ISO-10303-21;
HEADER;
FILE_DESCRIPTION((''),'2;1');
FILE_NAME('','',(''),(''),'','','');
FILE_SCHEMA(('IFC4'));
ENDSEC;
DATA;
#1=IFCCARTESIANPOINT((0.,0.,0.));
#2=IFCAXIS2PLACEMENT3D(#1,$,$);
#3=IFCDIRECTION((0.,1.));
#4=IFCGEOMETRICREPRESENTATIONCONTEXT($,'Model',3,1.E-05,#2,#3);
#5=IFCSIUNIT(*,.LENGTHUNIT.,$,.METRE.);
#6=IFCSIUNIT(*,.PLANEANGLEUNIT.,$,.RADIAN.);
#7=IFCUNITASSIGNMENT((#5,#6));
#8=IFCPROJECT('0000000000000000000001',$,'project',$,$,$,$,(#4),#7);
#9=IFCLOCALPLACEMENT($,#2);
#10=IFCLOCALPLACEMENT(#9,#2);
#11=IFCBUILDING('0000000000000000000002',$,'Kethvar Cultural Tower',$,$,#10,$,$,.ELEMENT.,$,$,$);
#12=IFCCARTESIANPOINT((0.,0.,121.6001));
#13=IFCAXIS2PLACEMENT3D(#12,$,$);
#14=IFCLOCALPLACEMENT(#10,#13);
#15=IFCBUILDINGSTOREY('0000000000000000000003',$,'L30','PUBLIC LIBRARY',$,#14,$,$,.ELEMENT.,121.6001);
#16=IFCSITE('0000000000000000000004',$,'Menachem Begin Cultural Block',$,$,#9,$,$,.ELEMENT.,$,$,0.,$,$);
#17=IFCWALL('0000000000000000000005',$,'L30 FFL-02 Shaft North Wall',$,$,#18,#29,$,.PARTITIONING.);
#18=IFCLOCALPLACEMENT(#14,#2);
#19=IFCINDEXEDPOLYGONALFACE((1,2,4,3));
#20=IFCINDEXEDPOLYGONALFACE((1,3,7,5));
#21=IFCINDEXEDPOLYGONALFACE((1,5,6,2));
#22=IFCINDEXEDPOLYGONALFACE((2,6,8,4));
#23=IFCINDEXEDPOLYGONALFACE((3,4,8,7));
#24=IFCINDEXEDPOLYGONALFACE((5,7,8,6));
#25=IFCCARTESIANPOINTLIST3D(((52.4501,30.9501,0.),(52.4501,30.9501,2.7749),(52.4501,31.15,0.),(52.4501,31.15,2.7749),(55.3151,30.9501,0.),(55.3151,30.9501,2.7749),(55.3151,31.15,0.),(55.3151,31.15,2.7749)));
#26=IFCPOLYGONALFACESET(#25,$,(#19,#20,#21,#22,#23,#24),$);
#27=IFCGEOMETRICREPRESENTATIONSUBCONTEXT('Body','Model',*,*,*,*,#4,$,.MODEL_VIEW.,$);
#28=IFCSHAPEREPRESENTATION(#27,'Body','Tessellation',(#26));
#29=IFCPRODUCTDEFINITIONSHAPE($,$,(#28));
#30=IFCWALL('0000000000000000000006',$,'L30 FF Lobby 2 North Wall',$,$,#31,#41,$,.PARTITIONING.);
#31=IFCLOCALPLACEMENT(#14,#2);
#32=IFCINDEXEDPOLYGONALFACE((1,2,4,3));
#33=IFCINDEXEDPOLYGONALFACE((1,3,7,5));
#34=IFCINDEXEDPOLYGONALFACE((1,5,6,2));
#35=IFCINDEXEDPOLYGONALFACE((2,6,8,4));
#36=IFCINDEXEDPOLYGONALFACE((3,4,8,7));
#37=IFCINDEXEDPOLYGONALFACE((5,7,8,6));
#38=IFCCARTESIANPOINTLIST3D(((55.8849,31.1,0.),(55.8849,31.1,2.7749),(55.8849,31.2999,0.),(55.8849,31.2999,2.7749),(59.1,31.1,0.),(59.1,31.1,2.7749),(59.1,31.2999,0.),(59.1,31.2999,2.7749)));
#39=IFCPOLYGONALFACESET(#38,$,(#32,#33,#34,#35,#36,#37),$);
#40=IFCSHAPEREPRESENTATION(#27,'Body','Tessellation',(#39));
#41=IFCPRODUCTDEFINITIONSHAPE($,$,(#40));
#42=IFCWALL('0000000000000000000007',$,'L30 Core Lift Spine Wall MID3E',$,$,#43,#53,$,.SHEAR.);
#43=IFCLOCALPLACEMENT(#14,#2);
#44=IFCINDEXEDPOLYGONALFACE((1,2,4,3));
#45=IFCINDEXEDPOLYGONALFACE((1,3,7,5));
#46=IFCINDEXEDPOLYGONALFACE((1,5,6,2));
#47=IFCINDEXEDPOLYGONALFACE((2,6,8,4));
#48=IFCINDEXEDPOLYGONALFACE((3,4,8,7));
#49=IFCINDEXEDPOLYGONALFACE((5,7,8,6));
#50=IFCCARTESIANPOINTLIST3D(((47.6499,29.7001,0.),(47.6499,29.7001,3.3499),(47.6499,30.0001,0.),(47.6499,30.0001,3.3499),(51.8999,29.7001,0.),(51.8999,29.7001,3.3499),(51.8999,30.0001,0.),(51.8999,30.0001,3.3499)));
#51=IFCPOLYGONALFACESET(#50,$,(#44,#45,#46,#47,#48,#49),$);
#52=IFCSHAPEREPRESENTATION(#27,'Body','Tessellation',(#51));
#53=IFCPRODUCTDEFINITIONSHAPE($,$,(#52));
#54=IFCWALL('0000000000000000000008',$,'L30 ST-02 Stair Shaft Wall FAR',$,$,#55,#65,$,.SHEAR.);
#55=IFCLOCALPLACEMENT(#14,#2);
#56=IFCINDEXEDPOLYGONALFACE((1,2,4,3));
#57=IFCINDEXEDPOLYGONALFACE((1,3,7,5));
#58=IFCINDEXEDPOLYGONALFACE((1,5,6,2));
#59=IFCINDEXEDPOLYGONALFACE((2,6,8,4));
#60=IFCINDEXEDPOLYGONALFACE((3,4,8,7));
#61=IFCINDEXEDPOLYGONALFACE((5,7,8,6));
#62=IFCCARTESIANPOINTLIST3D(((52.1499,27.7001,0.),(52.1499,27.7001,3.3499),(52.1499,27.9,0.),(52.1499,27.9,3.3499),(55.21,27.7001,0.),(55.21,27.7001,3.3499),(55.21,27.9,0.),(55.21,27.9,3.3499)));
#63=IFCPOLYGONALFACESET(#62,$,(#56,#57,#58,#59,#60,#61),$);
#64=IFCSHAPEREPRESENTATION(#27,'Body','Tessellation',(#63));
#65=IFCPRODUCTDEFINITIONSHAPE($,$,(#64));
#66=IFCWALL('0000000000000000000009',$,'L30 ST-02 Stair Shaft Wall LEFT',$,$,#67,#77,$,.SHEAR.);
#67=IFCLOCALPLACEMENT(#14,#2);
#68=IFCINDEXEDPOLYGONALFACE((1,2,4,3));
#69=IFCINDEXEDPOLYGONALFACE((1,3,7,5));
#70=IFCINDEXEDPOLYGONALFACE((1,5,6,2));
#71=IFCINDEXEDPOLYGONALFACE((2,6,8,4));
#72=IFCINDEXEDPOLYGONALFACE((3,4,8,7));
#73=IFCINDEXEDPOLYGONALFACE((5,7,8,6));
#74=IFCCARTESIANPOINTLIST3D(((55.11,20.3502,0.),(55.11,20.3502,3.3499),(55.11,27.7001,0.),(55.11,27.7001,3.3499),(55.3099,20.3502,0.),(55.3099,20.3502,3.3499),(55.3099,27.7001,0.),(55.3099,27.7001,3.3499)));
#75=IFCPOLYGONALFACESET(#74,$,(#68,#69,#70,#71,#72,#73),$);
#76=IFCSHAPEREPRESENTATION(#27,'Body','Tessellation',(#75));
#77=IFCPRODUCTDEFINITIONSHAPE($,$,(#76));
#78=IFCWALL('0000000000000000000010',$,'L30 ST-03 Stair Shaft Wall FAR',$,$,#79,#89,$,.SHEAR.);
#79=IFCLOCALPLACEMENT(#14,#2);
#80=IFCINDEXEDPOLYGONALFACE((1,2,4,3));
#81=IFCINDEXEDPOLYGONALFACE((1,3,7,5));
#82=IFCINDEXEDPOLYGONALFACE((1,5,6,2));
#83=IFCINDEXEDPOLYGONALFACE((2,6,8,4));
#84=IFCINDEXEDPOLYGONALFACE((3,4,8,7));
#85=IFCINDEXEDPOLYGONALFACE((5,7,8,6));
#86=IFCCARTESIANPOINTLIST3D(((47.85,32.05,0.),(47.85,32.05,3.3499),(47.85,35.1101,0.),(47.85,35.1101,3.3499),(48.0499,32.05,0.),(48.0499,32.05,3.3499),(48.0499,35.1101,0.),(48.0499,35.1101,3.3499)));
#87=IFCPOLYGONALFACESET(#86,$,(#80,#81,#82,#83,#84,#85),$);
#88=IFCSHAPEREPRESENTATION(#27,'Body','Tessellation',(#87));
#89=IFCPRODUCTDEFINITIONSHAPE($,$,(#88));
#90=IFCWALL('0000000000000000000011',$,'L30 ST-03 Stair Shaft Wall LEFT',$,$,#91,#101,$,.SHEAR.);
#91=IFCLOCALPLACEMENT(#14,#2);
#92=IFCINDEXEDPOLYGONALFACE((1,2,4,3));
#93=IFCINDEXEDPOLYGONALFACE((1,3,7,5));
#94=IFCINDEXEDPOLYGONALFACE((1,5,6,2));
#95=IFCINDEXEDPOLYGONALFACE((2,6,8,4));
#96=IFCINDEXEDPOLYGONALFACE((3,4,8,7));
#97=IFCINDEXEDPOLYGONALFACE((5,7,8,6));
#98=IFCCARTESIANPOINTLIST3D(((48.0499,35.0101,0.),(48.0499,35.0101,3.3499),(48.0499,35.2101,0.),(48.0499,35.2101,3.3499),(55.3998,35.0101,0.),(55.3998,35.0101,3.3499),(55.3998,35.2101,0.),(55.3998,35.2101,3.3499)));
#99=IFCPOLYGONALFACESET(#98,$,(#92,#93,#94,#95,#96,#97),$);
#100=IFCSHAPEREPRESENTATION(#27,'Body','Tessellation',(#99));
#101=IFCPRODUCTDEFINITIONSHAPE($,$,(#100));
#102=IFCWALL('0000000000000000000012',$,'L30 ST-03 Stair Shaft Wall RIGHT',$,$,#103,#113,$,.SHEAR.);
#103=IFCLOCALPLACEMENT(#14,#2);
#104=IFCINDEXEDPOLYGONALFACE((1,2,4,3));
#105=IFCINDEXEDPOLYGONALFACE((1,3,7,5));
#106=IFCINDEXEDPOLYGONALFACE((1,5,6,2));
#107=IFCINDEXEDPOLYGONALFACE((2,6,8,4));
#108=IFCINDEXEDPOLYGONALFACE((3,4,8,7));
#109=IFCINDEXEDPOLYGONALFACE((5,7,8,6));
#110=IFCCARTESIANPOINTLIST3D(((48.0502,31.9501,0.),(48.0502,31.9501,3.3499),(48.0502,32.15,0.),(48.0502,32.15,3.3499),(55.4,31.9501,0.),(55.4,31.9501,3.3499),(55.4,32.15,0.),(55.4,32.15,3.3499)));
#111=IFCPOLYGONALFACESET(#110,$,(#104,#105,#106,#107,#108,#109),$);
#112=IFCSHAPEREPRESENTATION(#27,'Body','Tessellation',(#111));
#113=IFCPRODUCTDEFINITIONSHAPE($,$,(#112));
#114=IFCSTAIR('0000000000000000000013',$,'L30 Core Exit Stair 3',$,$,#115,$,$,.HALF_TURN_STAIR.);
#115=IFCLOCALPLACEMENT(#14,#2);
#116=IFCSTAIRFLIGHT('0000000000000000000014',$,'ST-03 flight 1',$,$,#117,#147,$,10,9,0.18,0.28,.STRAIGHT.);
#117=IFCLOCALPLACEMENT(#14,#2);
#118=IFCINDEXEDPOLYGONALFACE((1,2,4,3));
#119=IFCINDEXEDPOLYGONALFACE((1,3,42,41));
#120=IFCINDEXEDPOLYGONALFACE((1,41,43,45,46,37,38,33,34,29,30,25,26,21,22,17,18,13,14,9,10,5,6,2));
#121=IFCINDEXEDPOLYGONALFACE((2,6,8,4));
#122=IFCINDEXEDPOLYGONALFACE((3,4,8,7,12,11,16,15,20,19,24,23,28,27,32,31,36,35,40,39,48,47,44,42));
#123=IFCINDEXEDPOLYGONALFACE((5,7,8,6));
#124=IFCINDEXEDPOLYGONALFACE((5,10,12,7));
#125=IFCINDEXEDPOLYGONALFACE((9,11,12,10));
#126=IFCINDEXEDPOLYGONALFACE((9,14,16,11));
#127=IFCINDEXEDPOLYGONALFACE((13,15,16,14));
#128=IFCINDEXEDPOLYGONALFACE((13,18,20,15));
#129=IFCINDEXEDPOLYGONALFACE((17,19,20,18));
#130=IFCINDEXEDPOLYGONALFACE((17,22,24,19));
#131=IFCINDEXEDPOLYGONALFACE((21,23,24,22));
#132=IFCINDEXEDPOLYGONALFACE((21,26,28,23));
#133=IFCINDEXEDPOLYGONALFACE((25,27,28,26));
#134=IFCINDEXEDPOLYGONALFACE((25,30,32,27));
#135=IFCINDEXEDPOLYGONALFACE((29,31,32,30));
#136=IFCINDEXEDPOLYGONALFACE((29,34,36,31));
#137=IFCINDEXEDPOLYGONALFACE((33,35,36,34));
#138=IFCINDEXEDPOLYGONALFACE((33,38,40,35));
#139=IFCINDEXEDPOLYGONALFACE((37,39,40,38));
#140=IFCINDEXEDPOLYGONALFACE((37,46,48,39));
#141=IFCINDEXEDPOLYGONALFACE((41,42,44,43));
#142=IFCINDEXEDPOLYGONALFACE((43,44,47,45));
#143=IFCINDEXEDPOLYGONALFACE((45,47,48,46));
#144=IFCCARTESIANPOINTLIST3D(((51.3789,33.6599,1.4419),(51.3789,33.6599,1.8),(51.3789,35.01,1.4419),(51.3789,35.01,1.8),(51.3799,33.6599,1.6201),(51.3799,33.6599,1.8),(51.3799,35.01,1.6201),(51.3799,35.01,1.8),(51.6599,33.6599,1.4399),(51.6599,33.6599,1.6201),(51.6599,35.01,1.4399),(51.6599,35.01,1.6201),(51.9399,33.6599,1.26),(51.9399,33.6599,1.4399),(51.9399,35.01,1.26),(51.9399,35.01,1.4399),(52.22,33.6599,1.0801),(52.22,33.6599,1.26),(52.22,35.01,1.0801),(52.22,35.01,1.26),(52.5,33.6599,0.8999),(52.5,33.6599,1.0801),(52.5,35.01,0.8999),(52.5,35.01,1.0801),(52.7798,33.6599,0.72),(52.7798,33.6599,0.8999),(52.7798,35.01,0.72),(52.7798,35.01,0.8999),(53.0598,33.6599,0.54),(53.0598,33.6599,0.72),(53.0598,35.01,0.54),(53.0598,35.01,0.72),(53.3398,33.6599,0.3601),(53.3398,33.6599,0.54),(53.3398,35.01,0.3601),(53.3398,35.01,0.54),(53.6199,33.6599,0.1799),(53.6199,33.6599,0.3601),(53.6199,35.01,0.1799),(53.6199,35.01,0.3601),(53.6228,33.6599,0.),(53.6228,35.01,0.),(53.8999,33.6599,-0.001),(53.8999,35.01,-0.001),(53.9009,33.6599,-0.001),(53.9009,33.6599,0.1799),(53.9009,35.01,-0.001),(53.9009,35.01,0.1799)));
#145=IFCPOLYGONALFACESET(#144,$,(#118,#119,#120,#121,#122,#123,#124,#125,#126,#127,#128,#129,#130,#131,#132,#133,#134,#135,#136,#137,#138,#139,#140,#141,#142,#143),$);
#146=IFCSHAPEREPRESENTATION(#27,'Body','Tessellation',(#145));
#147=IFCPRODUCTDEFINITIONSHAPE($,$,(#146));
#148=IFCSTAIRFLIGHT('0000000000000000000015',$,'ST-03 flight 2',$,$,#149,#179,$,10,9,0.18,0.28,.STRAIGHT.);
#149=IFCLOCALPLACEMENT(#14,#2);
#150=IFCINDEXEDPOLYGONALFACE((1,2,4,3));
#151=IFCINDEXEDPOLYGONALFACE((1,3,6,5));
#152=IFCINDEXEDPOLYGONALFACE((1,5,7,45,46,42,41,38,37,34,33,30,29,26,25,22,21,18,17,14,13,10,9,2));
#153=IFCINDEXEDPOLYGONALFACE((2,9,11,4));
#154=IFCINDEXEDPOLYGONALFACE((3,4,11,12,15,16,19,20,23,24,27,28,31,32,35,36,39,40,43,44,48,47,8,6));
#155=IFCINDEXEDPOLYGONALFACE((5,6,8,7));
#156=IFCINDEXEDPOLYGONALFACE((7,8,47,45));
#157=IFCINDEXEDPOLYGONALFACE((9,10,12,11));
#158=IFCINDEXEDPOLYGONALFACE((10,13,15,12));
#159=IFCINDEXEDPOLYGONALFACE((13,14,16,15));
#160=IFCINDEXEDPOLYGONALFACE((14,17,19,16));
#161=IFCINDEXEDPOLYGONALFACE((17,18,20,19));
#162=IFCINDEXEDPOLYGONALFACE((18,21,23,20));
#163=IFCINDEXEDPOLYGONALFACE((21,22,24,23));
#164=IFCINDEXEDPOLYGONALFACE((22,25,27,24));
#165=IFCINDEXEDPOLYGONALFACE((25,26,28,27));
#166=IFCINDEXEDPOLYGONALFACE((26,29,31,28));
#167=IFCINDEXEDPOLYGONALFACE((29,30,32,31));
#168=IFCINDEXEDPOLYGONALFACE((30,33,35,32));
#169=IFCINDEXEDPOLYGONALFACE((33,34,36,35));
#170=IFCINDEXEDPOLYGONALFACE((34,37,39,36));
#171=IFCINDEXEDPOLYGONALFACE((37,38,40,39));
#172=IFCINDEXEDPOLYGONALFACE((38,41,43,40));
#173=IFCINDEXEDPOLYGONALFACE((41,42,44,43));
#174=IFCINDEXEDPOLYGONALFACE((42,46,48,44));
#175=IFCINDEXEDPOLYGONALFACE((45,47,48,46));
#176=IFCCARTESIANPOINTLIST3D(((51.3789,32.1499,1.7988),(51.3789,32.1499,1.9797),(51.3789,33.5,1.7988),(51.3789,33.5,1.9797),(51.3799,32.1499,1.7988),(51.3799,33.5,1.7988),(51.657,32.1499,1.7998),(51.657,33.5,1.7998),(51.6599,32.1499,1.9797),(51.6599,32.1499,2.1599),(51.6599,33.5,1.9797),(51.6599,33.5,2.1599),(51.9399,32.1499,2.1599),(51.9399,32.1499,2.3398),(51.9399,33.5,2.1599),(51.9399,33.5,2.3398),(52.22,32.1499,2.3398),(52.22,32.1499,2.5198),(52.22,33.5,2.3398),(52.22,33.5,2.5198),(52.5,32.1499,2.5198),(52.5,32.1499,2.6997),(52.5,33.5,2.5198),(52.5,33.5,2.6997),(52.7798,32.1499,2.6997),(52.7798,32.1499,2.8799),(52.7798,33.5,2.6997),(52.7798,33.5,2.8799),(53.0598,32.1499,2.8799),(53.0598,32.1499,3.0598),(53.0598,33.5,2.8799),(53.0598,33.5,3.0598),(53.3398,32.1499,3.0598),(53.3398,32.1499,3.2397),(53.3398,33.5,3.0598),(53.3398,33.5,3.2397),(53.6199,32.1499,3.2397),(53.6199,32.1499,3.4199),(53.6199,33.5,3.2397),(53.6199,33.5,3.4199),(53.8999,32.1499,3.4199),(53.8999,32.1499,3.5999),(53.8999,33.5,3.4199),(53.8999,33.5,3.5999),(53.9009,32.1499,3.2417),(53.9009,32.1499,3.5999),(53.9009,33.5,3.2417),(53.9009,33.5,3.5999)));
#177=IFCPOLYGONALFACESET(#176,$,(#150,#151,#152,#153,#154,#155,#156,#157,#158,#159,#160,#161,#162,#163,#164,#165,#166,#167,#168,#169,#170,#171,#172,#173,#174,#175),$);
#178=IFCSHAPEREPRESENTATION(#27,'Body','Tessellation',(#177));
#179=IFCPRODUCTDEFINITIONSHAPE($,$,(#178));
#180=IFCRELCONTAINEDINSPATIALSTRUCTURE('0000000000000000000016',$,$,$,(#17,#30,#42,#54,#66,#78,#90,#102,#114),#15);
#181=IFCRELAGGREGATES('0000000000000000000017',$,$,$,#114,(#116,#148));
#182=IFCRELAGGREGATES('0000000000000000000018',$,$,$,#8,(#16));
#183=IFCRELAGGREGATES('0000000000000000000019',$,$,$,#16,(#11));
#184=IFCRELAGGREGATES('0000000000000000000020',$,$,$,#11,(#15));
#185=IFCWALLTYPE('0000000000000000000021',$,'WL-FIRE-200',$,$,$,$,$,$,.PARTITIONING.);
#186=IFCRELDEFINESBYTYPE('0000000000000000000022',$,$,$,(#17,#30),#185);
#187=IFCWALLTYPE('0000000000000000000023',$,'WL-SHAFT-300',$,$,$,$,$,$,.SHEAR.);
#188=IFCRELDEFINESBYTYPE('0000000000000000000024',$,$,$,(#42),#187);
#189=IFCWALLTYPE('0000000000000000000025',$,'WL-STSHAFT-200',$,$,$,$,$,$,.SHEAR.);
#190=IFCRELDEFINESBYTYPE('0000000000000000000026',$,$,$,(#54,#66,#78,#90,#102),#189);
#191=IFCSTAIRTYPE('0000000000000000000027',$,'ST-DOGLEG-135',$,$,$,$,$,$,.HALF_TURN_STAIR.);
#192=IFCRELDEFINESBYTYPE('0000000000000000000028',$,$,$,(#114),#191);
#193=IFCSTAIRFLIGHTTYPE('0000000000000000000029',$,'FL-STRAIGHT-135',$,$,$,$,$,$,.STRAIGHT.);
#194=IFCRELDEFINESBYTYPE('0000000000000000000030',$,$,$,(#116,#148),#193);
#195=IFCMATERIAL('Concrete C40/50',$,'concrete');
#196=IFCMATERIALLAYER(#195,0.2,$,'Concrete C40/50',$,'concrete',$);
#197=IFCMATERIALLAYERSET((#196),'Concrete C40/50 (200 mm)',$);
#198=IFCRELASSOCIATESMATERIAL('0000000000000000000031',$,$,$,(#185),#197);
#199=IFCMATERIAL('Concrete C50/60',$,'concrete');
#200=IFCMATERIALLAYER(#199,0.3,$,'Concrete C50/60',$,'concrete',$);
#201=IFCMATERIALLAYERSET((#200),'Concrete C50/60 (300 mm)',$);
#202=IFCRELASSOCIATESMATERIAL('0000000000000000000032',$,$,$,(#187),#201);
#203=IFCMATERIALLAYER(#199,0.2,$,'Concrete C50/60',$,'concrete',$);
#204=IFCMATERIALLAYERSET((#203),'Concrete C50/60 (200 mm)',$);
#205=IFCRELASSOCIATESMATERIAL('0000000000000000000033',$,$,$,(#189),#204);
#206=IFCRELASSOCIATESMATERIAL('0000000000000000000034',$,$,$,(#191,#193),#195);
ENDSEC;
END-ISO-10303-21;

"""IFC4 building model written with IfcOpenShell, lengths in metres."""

from ifc_helpers import new_model, si_unit, direction, frame, frame_2d, origin, place, context, subcontext, project, spatial, polyline, rectangle, outline, extrude, material, layer, layer_set, type_object, element, aggregate, save


model = new_model("IFC4")

# Units and contexts
model_context = context("Model", 3, precision=1e-05, world=origin(), true_north=direction((0.0, 1.0)))
body_context = subcontext(model_context, "Body", "Model", "MODEL_VIEW")
ifc_project = project(units=[si_unit("LENGTHUNIT", "METRE"), si_unit("PLANEANGLEUNIT", "RADIAN")], contexts=[model_context])

# Site, building, storey
site_placement = place(None, origin())
site = spatial("IfcSite", under=ifc_project, at=site_placement, Name="Menachem Begin Cultural Block", CompositionType="ELEMENT", RefElevation=0.0)
building_placement = place(site_placement, origin())
building = spatial("IfcBuilding", under=site, at=building_placement, Name="Kethvar Cultural Tower", CompositionType="ELEMENT")
storey_placement = place(building_placement, frame((0.0, 0.0, 121.6001)))
storey = spatial("IfcBuildingStorey", under=building, at=storey_placement, Name="L30", Description="PUBLIC LIBRARY", CompositionType="ELEMENT", Elevation=121.6001)

# Walls
ifc_material_1 = material(Name="Concrete C40/50", Category="concrete")
ifc_layer_1 = layer(ifc_material_1, 0.2, Name="Concrete C40/50", Category="concrete")
ifc_layer_set_1 = layer_set([ifc_layer_1], Name="Concrete C40/50 (200 mm)")
wall_type_1 = type_object("IfcWallType", Name="WL-FIRE-200", PredefinedType="PARTITIONING", material=ifc_layer_set_1)
for number, where, z_axis, x_axis, name in (
    (1, (52.45, 31.05, 0.0), (0.0, 0.0, 1.0), (1.0, 0.0, 0.0), "L30 FFL-02 Shaft North Wall"),
):
    element("IfcWall", number, at=place(storey_placement, frame(where, z_axis=z_axis, x_axis=x_axis)), inside=storey, type_object=wall_type_1, Name=name, PredefinedType="PARTITIONING", context=body_context, shape_type="SweptSolid", body=[
        extrude(rectangle(XDim=2.865, YDim=0.2, at=frame_2d((1.4326, 0.0))), origin(), (0.0, 0.0, 1.0), 2.7749),
    ])
wall_1_placement = place(storey_placement, frame((55.885, 31.2, 0.0), z_axis=(0.0, 0.0, 1.0), x_axis=(1.0, 0.0, 0.0)))
element("IfcWall", 2, at=wall_1_placement, inside=storey, type_object=wall_type_1, Name="L30 FF Lobby 2 North Wall", PredefinedType="PARTITIONING", context=body_context, shape_type="SweptSolid", body=[
    extrude(rectangle(XDim=3.2151, YDim=0.2, at=frame_2d((1.6074, 0.0))), origin(), (0.0, 0.0, 1.0), 2.7749),
])
ifc_material_2 = material(Name="Concrete C50/60", Category="concrete")
ifc_layer_2 = layer(ifc_material_2, 0.3, Name="Concrete C50/60", Category="concrete")
ifc_layer_set_2 = layer_set([ifc_layer_2], Name="Concrete C50/60 (300 mm)")
wall_type_2 = type_object("IfcWallType", Name="WL-SHAFT-300", PredefinedType="SHEAR", material=ifc_layer_set_2)
wall_2_placement = place(storey_placement, frame((47.6499, 29.8501, 0.0), z_axis=(0.0, 0.0, 1.0), x_axis=(1.0, 0.0, 0.0)))
element("IfcWall", 3, at=wall_2_placement, inside=storey, type_object=wall_type_2, Name="L30 Core Lift Spine Wall MID3E", PredefinedType="SHEAR", context=body_context, shape_type="SweptSolid", body=[
    extrude(rectangle(XDim=4.25, YDim=0.3, at=frame_2d((2.125, 0.0))), origin(), (0.0, 0.0, 1.0), 3.3499),
])
ifc_layer_3 = layer(ifc_material_2, 0.2, Name="Concrete C50/60", Category="concrete")
ifc_layer_set_3 = layer_set([ifc_layer_3], Name="Concrete C50/60 (200 mm)")
wall_type_3 = type_object("IfcWallType", Name="WL-STSHAFT-200", PredefinedType="SHEAR", material=ifc_layer_set_3)
wall_3_placement = place(storey_placement, frame((52.1499, 27.8, 0.0), z_axis=(0.0, 0.0, 1.0), x_axis=(1.0, 0.0, 0.0)))
element("IfcWall", 4, at=wall_3_placement, inside=storey, type_object=wall_type_3, Name="L30 ST-02 Stair Shaft Wall FAR", PredefinedType="SHEAR", context=body_context, shape_type="SweptSolid", body=[
    extrude(rectangle(XDim=3.0601, YDim=0.2, at=frame_2d((1.53, 0.0))), origin(), (0.0, 0.0, 1.0), 3.3499),
])
wall_4_placement = place(storey_placement, frame((55.21, 27.7, 0.0), z_axis=(0.0, 0.0, 1.0), x_axis=(0.0, -1.0, 0.0)))
element("IfcWall", 5, at=wall_4_placement, inside=storey, type_object=wall_type_3, Name="L30 ST-02 Stair Shaft Wall LEFT", PredefinedType="SHEAR", context=body_context, shape_type="SweptSolid", body=[
    extrude(rectangle(XDim=7.3499, YDim=0.2, at=frame_2d((3.6748, 0.0))), origin(), (0.0, 0.0, 1.0), 3.3499),
])
wall_5_placement = place(storey_placement, frame((47.95, 32.05, 0.0), z_axis=(0.0, 0.0, 1.0), x_axis=(0.0, 1.0, 0.0)))
element("IfcWall", 6, at=wall_5_placement, inside=storey, type_object=wall_type_3, Name="L30 ST-03 Stair Shaft Wall FAR", PredefinedType="SHEAR", context=body_context, shape_type="SweptSolid", body=[
    extrude(rectangle(XDim=3.0601, YDim=0.2, at=frame_2d((1.53, 0.0))), origin(), (0.0, 0.0, 1.0), 3.3499),
])
for number, where, z_axis, x_axis, name in (
    (7, (48.05, 35.1101, 0.0), (0.0, 0.0, 1.0), (1.0, 0.0, 0.0), "L30 ST-03 Stair Shaft Wall LEFT"),
    (8, (55.3999, 32.05, 0.0), (0.0, 0.0, 1.0), (-1.0, 0.0, 0.0), "L30 ST-03 Stair Shaft Wall RIGHT"),
):
    element("IfcWall", number, at=place(storey_placement, frame(where, z_axis=z_axis, x_axis=x_axis)), inside=storey, type_object=wall_type_3, Name=name, PredefinedType="SHEAR", context=body_context, shape_type="SweptSolid", body=[
        extrude(rectangle(XDim=7.3499, YDim=0.2, at=frame_2d((3.6748, 0.0))), origin(), (0.0, 0.0, 1.0), 3.3499),
    ])

# Stair, stair flights
stair_type = type_object("IfcStairType", Name="ST-DOGLEG-135", PredefinedType="HALF_TURN_STAIR", material=ifc_material_1)
stair_placement = place(storey_placement, origin())
stair = element("IfcStair", 9, at=stair_placement, inside=storey, type_object=stair_type, Name="L30 Core Exit Stair 3", PredefinedType="HALF_TURN_STAIR")
stair_flight_type = type_object("IfcStairFlightType", Name="FL-STRAIGHT-135", PredefinedType="STRAIGHT", material=ifc_material_1)
stair_flight_1_placement = place(storey_placement, frame((53.8999, 34.335, 0.0), z_axis=(0.0, 0.0, 1.0), x_axis=(-1.0, 0.0, 0.0)))
stair_flight_1 = element("IfcStairFlight", 10, at=stair_flight_1_placement, type_object=stair_flight_type, Name="ST-03 flight 1", NumberOfRisers=10, NumberOfTreads=9, PredefinedType="STRAIGHT", RiserHeight=0.18, TreadLength=0.28, context=body_context, shape_type="SweptSolid", body=[
    extrude(outline(polyline([(-0.001, -0.001), (-0.001, 0.1799), (0.28, 0.1799), (0.28, 0.3601), (0.5601, 0.3601), (0.5601, 0.54), (0.8401, 0.54), (0.8401, 0.72), (1.1201, 0.72), (1.1201, 0.8999), (1.3999, 0.8999), (1.3999, 1.0801), (1.6799, 1.0801), (1.6799, 1.26), (1.96, 1.26), (1.96, 1.4399), (2.24, 1.4399), (2.24, 1.6201), (2.52, 1.6201), (2.52, 1.8), (2.521, 1.8), (2.521, 1.4419), (0.2771, 0.0), (0.0, -0.001), (-0.001, -0.001)])), frame((0.0, 0.675, 0.0), z_axis=(0.0, -1.0, 0.0), x_axis=(1.0, 0.0, 0.0)), (0.0, 0.0, 1.0), 1.3501),
])
stair_flight_2_placement = place(storey_placement, frame((51.3799, 32.825, 1.7998), z_axis=(0.0, 0.0, 1.0), x_axis=(1.0, 0.0, 0.0)))
stair_flight_2 = element("IfcStairFlight", 11, at=stair_flight_2_placement, type_object=stair_flight_type, Name="ST-03 flight 2", NumberOfRisers=10, NumberOfTreads=9, PredefinedType="STRAIGHT", RiserHeight=0.18, TreadLength=0.28, context=body_context, shape_type="SweptSolid", body=[
    extrude(outline(polyline([(-0.001, -0.001), (-0.001, 0.1799), (0.28, 0.1799), (0.28, 0.3601), (0.5601, 0.3601), (0.5601, 0.54), (0.8401, 0.54), (0.8401, 0.72), (1.1201, 0.72), (1.1201, 0.8999), (1.3999, 0.8999), (1.3999, 1.0801), (1.6799, 1.0801), (1.6799, 1.26), (1.96, 1.26), (1.96, 1.4399), (2.24, 1.4399), (2.24, 1.6201), (2.52, 1.6201), (2.52, 1.8), (2.521, 1.8), (2.521, 1.4419), (0.2771, 0.0), (0.0, -0.001), (-0.001, -0.001)])), frame((0.0, 0.675, 0.0), z_axis=(0.0, -1.0, 0.0), x_axis=(1.0, 0.0, 0.0)), (0.0, 0.0, 1.0), 1.3501),
])
aggregate(stair, [stair_flight_1, stair_flight_2])

save(model, "model.ifc")
